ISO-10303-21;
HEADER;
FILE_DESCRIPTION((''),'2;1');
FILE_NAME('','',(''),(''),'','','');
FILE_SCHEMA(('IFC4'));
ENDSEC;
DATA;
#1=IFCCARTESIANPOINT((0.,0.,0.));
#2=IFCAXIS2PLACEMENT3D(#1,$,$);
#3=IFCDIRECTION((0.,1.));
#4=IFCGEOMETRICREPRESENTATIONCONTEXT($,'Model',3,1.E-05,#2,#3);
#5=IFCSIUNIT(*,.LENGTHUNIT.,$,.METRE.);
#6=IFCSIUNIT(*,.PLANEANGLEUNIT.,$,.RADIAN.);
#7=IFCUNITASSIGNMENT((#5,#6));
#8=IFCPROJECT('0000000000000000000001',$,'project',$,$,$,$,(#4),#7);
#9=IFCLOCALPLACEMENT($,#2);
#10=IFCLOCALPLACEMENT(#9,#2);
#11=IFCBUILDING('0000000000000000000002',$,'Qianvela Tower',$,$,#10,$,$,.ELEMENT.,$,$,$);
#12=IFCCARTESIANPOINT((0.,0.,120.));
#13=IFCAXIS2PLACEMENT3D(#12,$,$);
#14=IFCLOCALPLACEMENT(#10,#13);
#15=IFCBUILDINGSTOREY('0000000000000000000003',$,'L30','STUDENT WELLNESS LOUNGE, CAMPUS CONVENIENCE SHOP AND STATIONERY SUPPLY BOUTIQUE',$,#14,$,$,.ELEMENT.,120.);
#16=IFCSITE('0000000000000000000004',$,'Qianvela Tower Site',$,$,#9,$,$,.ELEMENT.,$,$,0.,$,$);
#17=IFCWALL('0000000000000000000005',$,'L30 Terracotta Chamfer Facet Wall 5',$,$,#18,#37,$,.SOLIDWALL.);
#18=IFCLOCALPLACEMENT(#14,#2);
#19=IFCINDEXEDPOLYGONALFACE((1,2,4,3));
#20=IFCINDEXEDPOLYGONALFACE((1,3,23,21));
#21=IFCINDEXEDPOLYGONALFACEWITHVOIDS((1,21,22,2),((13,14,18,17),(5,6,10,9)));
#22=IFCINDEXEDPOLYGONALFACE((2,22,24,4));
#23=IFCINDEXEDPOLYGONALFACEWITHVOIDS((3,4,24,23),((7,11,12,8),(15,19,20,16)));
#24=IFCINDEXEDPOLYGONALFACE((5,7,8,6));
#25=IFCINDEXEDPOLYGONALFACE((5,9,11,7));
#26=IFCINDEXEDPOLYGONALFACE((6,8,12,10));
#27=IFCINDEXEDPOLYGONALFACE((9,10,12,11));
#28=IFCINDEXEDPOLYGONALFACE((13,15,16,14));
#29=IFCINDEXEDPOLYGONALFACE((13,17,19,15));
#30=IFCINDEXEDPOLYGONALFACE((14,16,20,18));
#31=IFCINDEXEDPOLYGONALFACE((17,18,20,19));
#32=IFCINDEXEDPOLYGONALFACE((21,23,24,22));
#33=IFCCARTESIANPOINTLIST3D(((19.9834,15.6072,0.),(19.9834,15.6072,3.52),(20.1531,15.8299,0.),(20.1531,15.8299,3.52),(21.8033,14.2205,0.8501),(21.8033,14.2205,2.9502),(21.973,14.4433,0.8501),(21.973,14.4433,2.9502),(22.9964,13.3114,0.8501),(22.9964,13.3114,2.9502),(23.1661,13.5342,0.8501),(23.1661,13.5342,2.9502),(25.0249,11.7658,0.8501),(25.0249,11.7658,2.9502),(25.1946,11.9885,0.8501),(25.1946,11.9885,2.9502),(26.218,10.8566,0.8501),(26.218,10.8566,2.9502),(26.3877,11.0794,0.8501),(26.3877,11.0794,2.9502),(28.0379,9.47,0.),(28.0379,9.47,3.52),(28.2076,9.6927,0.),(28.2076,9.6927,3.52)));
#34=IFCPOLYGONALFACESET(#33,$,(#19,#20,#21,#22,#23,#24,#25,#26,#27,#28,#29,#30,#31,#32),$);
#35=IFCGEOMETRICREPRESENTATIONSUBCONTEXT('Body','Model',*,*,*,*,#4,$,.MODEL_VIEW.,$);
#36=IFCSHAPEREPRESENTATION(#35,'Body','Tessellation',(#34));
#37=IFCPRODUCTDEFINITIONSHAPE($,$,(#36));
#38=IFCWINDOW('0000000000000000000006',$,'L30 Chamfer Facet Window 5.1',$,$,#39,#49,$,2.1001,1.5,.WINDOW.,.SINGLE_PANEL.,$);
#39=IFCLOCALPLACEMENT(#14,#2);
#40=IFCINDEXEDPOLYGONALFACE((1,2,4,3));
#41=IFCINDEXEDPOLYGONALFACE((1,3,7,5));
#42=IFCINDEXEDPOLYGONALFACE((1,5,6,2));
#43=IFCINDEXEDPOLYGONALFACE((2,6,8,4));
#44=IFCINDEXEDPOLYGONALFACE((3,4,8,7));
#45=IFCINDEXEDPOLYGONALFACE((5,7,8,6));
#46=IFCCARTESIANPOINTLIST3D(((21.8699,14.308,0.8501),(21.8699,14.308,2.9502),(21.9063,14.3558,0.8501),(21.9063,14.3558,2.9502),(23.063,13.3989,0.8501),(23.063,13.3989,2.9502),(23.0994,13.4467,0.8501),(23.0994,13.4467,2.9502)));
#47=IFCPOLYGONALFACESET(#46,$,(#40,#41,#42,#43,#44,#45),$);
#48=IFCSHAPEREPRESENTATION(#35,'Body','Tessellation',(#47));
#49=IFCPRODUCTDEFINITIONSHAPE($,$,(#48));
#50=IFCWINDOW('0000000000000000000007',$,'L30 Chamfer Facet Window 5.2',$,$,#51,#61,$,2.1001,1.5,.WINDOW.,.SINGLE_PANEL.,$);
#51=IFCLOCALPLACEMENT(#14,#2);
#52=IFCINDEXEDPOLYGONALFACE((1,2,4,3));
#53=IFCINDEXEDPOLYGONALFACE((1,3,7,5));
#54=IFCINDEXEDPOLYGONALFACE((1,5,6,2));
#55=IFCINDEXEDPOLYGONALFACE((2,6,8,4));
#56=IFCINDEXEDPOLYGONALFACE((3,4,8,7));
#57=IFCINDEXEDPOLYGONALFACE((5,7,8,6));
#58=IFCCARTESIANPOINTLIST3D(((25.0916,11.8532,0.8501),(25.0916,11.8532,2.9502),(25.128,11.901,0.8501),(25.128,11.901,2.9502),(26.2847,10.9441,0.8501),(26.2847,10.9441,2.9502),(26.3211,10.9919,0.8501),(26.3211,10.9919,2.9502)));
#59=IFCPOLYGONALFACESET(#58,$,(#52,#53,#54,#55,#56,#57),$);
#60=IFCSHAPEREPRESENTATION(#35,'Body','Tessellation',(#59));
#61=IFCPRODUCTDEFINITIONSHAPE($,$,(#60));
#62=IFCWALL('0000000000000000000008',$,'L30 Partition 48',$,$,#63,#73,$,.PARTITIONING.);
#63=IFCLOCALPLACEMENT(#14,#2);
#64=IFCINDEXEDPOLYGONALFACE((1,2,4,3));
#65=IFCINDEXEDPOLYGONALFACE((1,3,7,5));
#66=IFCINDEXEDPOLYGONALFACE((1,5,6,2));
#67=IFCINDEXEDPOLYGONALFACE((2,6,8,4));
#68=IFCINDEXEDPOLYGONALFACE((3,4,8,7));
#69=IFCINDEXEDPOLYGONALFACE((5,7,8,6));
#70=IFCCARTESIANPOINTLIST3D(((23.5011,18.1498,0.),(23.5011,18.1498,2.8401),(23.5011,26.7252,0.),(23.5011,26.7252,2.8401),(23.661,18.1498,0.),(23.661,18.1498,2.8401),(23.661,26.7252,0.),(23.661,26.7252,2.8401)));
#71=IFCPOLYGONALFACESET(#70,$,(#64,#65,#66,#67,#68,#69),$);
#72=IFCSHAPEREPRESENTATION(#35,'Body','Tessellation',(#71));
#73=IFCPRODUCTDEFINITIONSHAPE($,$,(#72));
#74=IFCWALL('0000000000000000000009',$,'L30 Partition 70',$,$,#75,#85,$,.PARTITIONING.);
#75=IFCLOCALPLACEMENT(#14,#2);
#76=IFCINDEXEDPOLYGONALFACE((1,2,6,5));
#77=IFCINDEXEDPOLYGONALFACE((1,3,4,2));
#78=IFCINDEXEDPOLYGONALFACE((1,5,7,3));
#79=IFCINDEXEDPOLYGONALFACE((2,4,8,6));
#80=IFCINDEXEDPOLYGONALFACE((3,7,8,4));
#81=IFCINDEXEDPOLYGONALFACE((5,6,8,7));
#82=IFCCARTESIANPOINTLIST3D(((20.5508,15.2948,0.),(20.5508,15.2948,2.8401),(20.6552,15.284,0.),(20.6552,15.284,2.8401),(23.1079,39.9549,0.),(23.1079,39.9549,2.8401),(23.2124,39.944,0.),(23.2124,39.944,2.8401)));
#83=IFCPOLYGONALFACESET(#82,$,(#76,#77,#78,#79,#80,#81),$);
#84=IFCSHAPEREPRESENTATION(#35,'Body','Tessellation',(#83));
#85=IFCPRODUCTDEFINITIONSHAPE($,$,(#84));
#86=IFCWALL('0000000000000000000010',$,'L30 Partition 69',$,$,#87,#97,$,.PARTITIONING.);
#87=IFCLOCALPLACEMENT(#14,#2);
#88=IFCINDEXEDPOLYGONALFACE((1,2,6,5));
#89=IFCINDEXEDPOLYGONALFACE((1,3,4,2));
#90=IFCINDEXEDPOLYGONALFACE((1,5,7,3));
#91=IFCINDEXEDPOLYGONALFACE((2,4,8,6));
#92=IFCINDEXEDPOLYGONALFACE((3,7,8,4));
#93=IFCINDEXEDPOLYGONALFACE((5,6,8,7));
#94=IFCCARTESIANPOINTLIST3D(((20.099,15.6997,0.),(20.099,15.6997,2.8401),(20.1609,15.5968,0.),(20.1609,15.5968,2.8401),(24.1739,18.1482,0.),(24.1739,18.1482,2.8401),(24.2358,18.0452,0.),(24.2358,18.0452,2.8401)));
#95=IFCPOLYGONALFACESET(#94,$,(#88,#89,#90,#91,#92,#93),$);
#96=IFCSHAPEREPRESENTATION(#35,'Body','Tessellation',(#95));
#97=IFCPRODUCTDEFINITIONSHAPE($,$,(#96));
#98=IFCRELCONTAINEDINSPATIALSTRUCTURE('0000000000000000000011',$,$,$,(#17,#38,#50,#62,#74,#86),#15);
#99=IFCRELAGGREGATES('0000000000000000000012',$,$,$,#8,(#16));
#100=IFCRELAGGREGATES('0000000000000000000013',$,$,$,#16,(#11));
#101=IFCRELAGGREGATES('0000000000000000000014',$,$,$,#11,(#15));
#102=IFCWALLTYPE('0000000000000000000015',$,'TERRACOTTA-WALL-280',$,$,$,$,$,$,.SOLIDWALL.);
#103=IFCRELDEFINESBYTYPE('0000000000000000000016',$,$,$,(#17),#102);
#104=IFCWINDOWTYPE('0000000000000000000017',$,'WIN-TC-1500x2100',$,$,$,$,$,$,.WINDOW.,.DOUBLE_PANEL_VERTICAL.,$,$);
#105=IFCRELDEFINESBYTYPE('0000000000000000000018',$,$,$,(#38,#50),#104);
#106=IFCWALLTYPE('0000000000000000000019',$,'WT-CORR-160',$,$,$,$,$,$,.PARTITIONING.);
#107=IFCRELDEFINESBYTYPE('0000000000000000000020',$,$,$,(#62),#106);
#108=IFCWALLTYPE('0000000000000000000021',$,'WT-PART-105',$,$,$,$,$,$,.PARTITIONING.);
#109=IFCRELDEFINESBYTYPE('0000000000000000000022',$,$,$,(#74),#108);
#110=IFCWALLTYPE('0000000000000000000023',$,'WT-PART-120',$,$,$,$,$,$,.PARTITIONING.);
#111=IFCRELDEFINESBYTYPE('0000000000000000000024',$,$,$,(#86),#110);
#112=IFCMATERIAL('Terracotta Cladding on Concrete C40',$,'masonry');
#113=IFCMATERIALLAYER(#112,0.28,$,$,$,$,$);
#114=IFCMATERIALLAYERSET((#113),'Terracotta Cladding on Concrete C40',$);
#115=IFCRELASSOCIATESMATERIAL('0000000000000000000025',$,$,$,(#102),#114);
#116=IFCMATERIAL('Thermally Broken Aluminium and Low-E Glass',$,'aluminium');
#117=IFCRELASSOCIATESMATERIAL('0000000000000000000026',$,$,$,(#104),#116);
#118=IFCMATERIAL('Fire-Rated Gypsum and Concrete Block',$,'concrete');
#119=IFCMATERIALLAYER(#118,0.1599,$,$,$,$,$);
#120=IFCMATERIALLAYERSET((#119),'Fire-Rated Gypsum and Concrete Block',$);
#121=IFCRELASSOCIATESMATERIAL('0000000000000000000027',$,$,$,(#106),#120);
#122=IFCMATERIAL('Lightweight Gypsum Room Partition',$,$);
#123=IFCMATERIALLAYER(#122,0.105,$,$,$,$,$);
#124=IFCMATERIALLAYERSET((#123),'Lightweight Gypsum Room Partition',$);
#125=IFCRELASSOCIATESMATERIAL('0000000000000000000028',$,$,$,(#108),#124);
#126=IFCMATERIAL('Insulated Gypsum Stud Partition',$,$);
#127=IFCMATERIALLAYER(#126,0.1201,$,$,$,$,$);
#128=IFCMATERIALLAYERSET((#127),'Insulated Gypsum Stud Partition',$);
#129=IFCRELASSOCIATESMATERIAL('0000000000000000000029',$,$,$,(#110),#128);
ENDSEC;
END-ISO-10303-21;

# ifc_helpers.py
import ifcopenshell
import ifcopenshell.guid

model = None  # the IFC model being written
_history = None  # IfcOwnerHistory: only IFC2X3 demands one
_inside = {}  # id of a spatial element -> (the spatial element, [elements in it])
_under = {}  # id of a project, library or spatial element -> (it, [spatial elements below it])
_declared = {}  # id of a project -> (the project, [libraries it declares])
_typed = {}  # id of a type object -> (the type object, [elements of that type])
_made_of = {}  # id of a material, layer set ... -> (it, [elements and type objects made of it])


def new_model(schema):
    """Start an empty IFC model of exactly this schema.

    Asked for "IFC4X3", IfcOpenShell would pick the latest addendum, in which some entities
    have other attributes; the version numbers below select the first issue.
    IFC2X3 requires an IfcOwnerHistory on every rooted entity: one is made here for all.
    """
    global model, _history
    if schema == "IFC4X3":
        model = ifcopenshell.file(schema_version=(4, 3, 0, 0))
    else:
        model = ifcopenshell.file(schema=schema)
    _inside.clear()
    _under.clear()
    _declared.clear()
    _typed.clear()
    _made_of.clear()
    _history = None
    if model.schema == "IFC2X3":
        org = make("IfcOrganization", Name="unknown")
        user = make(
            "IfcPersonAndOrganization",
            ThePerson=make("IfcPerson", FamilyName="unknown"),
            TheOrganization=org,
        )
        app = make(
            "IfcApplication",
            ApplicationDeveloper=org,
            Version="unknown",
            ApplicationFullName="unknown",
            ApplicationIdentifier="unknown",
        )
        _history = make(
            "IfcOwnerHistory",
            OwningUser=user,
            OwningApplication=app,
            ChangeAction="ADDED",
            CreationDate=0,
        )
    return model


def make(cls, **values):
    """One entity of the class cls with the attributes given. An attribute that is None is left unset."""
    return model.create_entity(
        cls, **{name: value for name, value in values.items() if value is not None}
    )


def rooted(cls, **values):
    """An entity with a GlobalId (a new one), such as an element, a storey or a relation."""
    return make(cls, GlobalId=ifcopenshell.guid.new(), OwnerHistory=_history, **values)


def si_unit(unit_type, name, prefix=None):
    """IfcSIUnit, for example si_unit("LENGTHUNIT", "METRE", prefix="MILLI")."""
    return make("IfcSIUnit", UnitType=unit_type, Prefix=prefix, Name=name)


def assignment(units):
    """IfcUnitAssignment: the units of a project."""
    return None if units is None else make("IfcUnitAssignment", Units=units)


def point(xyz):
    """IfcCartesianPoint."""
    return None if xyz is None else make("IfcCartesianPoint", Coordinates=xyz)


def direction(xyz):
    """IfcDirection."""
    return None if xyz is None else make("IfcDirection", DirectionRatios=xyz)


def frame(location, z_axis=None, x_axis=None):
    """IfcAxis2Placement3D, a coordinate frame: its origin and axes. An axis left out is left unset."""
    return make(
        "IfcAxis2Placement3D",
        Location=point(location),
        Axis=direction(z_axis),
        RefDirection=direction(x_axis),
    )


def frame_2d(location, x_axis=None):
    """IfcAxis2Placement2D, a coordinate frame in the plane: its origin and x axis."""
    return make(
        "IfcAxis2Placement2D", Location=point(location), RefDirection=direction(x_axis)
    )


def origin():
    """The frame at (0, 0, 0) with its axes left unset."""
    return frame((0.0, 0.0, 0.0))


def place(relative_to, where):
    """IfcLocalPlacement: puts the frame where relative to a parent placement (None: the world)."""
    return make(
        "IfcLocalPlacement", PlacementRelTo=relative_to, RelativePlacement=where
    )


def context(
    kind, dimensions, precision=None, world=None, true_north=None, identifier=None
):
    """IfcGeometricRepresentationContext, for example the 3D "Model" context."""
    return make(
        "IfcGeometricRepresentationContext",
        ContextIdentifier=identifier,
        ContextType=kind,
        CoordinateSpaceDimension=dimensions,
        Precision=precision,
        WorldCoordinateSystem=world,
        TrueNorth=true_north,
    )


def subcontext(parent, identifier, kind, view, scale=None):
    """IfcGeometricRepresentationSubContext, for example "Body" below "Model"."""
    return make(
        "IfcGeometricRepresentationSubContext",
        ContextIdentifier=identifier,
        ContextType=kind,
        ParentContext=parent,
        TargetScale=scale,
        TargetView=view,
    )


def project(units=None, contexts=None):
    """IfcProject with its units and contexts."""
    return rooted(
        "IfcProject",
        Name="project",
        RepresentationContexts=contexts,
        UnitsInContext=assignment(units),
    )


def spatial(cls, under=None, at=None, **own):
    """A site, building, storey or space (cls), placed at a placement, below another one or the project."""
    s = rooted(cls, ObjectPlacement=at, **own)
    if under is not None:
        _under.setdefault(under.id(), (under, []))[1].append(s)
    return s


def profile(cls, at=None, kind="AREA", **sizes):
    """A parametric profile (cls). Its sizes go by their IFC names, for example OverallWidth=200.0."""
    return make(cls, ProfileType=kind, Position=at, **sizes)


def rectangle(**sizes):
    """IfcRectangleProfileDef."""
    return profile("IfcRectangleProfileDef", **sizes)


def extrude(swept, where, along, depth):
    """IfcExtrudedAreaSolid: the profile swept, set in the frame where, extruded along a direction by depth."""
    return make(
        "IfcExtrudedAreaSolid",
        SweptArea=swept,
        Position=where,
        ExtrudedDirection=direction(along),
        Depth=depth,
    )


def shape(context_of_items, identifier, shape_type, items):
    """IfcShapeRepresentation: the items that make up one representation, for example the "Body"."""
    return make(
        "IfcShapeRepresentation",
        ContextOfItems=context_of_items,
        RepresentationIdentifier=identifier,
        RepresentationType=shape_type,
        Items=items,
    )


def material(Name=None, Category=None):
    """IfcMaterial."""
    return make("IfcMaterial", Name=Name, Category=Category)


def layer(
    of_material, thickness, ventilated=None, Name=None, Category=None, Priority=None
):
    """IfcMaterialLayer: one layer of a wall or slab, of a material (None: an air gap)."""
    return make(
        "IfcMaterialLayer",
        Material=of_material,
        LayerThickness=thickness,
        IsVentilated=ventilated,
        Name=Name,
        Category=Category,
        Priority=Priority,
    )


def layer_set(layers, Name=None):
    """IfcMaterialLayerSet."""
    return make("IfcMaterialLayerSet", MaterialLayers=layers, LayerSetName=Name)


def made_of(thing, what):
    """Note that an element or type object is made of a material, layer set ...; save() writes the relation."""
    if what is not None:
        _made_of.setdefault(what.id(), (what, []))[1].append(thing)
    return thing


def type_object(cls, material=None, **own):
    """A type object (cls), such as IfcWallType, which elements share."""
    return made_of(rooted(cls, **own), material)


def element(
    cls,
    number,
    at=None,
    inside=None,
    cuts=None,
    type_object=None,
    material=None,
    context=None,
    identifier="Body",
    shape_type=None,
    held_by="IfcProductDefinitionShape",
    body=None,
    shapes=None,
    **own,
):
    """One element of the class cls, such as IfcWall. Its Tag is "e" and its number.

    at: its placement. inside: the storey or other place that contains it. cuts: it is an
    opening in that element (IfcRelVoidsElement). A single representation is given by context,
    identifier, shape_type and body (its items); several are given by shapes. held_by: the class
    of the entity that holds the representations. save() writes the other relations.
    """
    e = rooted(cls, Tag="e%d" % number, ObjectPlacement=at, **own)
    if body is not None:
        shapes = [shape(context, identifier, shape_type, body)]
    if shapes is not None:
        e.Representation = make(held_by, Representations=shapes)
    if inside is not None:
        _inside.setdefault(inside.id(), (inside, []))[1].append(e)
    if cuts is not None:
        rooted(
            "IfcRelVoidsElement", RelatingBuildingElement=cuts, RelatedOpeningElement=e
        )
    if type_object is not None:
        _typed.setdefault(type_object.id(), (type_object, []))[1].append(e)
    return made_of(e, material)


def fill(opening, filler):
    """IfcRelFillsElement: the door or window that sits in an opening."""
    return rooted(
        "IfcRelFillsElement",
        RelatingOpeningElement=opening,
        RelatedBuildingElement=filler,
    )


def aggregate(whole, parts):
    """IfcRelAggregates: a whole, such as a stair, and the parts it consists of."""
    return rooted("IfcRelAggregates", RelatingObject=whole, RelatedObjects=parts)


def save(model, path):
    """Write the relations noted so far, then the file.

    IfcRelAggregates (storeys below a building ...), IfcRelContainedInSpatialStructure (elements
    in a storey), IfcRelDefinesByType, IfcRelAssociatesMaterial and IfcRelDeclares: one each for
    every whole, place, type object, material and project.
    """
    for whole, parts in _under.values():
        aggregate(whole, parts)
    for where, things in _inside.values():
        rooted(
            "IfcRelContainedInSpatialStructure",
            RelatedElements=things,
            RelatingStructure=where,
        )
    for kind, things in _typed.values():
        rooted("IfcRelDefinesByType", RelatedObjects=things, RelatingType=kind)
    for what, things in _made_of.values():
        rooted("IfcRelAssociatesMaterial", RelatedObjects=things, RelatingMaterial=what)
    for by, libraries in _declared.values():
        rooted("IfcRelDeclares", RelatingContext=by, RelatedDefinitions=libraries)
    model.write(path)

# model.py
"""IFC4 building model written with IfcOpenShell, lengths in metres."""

from ifc_helpers import new_model, si_unit, direction, frame, frame_2d, origin, place, context, subcontext, project, spatial, rectangle, extrude, material, layer, layer_set, type_object, element, fill, save


model = new_model("IFC4")

# Units and contexts
model_context = context("Model", 3, precision=1e-05, world=origin(), true_north=direction((0.0, 1.0)))
body_context = subcontext(model_context, "Body", "Model", "MODEL_VIEW")
ifc_project = project(units=[si_unit("LENGTHUNIT", "METRE"), si_unit("PLANEANGLEUNIT", "RADIAN")], contexts=[model_context])

# Site, building, storey
site_placement = place(None, origin())
site = spatial("IfcSite", under=ifc_project, at=site_placement, Name="Qianvela Tower Site", CompositionType="ELEMENT", RefElevation=0.0)
building_placement = place(site_placement, origin())
building = spatial("IfcBuilding", under=site, at=building_placement, Name="Qianvela Tower", CompositionType="ELEMENT")
storey_placement = place(building_placement, frame((0.0, 0.0, 120.0)))
storey = spatial("IfcBuildingStorey", under=building, at=storey_placement, Name="L30", Description="STUDENT WELLNESS LOUNGE, CAMPUS CONVENIENCE SHOP AND STATIONERY SUPPLY BOUTIQUE", CompositionType="ELEMENT", Elevation=120.0)

# Wall, openings, windows
ifc_material_1 = material(Name="Terracotta Cladding on Concrete C40", Category="masonry")
ifc_layer_1 = layer(ifc_material_1, 0.28)
ifc_layer_set_1 = layer_set([ifc_layer_1], Name="Terracotta Cladding on Concrete C40")
wall_type_1 = type_object("IfcWallType", Name="TERRACOTTA-WALL-280", PredefinedType="SOLIDWALL", material=ifc_layer_set_1)
wall_1_placement = place(storey_placement, frame((20.0684, 15.7185, 0.0), z_axis=(0.0, 0.0, 1.0), x_axis=(0.795408, -0.606074, 0.0)))
wall_1 = element("IfcWall", 1, at=wall_1_placement, inside=storey, type_object=wall_type_1, Name="L30 Terracotta Chamfer Facet Wall 5", PredefinedType="SOLIDWALL", context=body_context, shape_type="SweptSolid", body=[
    extrude(rectangle(XDim=10.1262, YDim=0.28, at=frame_2d((5.063, 0.0))), origin(), (0.0, 0.0, 1.0), 3.52),
])
opening_1_placement = place(wall_1_placement, frame((2.2878, 0.0, 0.8501)))
opening_1 = element("IfcOpeningElement", 2, at=opening_1_placement, cuts=wall_1, PredefinedType="OPENING", context=body_context, shape_type="SweptSolid", body=[
    extrude(rectangle(XDim=1.5, YDim=2.1001, at=frame_2d((0.75, 1.05))), frame((0.0, 0.1499, 0.0), z_axis=(0.0, -1.0, 0.0), x_axis=(1.0, 0.0, 0.0)), (0.0, 0.0, 1.0), 0.3),
])
opening_2_placement = place(wall_1_placement, frame((6.3381, 0.0, 0.8501)))
opening_2 = element("IfcOpeningElement", 3, at=opening_2_placement, cuts=wall_1, PredefinedType="OPENING", context=body_context, shape_type="SweptSolid", body=[
    extrude(rectangle(XDim=1.5, YDim=2.1001, at=frame_2d((0.75, 1.05))), frame((0.0, 0.1499, 0.0), z_axis=(0.0, -1.0, 0.0), x_axis=(1.0, 0.0, 0.0)), (0.0, 0.0, 1.0), 0.3),
])
ifc_material_2 = material(Name="Thermally Broken Aluminium and Low-E Glass", Category="aluminium")
window_type = type_object("IfcWindowType", Name="WIN-TC-1500x2100", PartitioningType="DOUBLE_PANEL_VERTICAL", PredefinedType="WINDOW", material=ifc_material_2)
window_1_placement = place(opening_1_placement, origin())
window_1 = element("IfcWindow", 4, at=window_1_placement, inside=storey, type_object=window_type, Name="L30 Chamfer Facet Window 5.1", OverallHeight=2.1001, OverallWidth=1.5, PartitioningType="SINGLE_PANEL", PredefinedType="WINDOW", context=body_context, shape_type="SweptSolid", body=[
    extrude(rectangle(XDim=1.5, YDim=2.1001, at=frame_2d((0.75, 1.05))), frame((0.0, 0.03, 0.0), z_axis=(0.0, -1.0, 0.0), x_axis=(1.0, 0.0, 0.0)), (0.0, 0.0, 1.0), 0.0601),
])
fill(opening_1, window_1)
window_2_placement = place(opening_2_placement, origin())
window_2 = element("IfcWindow", 5, at=window_2_placement, inside=storey, type_object=window_type, Name="L30 Chamfer Facet Window 5.2", OverallHeight=2.1001, OverallWidth=1.5, PartitioningType="SINGLE_PANEL", PredefinedType="WINDOW", context=body_context, shape_type="SweptSolid", body=[
    extrude(rectangle(XDim=1.5, YDim=2.1001, at=frame_2d((0.75, 1.05))), frame((0.0, 0.03, 0.0), z_axis=(0.0, -1.0, 0.0), x_axis=(1.0, 0.0, 0.0)), (0.0, 0.0, 1.0), 0.0601),
])
fill(opening_2, window_2)

# Walls
ifc_material_3 = material(Name="Fire-Rated Gypsum and Concrete Block", Category="concrete")
ifc_layer_2 = layer(ifc_material_3, 0.1599)
ifc_layer_set_2 = layer_set([ifc_layer_2], Name="Fire-Rated Gypsum and Concrete Block")
wall_type_2 = type_object("IfcWallType", Name="WT-CORR-160", PredefinedType="PARTITIONING", material=ifc_layer_set_2)
wall_2_placement = place(storey_placement, frame((23.5811, 18.1499, 0.0), z_axis=(0.0, 0.0, 1.0), x_axis=(0.0, 1.0, 0.0)))
element("IfcWall", 6, at=wall_2_placement, inside=storey, type_object=wall_type_2, Name="L30 Partition 48", PredefinedType="PARTITIONING", context=body_context, shape_type="SweptSolid", body=[
    extrude(rectangle(XDim=8.5754, YDim=0.1599, at=frame_2d((4.2876, 0.0))), origin(), (0.0, 0.0, 1.0), 2.8401),
])
ifc_material_4 = material(Name="Lightweight Gypsum Room Partition")
ifc_layer_3 = layer(ifc_material_4, 0.105)
ifc_layer_set_3 = layer_set([ifc_layer_3], Name="Lightweight Gypsum Room Partition")
wall_type_3 = type_object("IfcWallType", Name="WT-PART-105", PredefinedType="PARTITIONING", material=ifc_layer_set_3)
wall_3_placement = place(storey_placement, frame((20.603, 15.2896, 0.0), z_axis=(0.0, 0.0, 1.0), x_axis=(0.103143, 0.994667, 0.0)))
element("IfcWall", 7, at=wall_3_placement, inside=storey, type_object=wall_type_3, Name="L30 Partition 70", PredefinedType="PARTITIONING", context=body_context, shape_type="SweptSolid", body=[
    extrude(rectangle(XDim=24.7922, YDim=0.105, at=frame_2d((12.396, 0.0))), origin(), (0.0, 0.0, 1.0), 2.8401),
])
ifc_material_5 = material(Name="Insulated Gypsum Stud Partition")
ifc_layer_4 = layer(ifc_material_5, 0.1201)
ifc_layer_set_4 = layer_set([ifc_layer_4], Name="Insulated Gypsum Stud Partition")
wall_type_4 = type_object("IfcWallType", Name="WT-PART-120", PredefinedType="PARTITIONING", material=ifc_layer_set_4)
wall_4_placement = place(storey_placement, frame((24.2048, 18.0967, 0.0), z_axis=(0.0, 0.0, 1.0), x_axis=(-0.857166, -0.515039, 0.0)))
element("IfcWall", 8, at=wall_4_placement, inside=storey, type_object=wall_type_4, Name="L30 Partition 69", PredefinedType="PARTITIONING", context=body_context, shape_type="SweptSolid", body=[
    extrude(rectangle(XDim=4.7539, YDim=0.1201, at=frame_2d((2.377, 0.0))), origin(), (0.0, 0.0, 1.0), 2.8401),
])

save(model, "model.ifc")
